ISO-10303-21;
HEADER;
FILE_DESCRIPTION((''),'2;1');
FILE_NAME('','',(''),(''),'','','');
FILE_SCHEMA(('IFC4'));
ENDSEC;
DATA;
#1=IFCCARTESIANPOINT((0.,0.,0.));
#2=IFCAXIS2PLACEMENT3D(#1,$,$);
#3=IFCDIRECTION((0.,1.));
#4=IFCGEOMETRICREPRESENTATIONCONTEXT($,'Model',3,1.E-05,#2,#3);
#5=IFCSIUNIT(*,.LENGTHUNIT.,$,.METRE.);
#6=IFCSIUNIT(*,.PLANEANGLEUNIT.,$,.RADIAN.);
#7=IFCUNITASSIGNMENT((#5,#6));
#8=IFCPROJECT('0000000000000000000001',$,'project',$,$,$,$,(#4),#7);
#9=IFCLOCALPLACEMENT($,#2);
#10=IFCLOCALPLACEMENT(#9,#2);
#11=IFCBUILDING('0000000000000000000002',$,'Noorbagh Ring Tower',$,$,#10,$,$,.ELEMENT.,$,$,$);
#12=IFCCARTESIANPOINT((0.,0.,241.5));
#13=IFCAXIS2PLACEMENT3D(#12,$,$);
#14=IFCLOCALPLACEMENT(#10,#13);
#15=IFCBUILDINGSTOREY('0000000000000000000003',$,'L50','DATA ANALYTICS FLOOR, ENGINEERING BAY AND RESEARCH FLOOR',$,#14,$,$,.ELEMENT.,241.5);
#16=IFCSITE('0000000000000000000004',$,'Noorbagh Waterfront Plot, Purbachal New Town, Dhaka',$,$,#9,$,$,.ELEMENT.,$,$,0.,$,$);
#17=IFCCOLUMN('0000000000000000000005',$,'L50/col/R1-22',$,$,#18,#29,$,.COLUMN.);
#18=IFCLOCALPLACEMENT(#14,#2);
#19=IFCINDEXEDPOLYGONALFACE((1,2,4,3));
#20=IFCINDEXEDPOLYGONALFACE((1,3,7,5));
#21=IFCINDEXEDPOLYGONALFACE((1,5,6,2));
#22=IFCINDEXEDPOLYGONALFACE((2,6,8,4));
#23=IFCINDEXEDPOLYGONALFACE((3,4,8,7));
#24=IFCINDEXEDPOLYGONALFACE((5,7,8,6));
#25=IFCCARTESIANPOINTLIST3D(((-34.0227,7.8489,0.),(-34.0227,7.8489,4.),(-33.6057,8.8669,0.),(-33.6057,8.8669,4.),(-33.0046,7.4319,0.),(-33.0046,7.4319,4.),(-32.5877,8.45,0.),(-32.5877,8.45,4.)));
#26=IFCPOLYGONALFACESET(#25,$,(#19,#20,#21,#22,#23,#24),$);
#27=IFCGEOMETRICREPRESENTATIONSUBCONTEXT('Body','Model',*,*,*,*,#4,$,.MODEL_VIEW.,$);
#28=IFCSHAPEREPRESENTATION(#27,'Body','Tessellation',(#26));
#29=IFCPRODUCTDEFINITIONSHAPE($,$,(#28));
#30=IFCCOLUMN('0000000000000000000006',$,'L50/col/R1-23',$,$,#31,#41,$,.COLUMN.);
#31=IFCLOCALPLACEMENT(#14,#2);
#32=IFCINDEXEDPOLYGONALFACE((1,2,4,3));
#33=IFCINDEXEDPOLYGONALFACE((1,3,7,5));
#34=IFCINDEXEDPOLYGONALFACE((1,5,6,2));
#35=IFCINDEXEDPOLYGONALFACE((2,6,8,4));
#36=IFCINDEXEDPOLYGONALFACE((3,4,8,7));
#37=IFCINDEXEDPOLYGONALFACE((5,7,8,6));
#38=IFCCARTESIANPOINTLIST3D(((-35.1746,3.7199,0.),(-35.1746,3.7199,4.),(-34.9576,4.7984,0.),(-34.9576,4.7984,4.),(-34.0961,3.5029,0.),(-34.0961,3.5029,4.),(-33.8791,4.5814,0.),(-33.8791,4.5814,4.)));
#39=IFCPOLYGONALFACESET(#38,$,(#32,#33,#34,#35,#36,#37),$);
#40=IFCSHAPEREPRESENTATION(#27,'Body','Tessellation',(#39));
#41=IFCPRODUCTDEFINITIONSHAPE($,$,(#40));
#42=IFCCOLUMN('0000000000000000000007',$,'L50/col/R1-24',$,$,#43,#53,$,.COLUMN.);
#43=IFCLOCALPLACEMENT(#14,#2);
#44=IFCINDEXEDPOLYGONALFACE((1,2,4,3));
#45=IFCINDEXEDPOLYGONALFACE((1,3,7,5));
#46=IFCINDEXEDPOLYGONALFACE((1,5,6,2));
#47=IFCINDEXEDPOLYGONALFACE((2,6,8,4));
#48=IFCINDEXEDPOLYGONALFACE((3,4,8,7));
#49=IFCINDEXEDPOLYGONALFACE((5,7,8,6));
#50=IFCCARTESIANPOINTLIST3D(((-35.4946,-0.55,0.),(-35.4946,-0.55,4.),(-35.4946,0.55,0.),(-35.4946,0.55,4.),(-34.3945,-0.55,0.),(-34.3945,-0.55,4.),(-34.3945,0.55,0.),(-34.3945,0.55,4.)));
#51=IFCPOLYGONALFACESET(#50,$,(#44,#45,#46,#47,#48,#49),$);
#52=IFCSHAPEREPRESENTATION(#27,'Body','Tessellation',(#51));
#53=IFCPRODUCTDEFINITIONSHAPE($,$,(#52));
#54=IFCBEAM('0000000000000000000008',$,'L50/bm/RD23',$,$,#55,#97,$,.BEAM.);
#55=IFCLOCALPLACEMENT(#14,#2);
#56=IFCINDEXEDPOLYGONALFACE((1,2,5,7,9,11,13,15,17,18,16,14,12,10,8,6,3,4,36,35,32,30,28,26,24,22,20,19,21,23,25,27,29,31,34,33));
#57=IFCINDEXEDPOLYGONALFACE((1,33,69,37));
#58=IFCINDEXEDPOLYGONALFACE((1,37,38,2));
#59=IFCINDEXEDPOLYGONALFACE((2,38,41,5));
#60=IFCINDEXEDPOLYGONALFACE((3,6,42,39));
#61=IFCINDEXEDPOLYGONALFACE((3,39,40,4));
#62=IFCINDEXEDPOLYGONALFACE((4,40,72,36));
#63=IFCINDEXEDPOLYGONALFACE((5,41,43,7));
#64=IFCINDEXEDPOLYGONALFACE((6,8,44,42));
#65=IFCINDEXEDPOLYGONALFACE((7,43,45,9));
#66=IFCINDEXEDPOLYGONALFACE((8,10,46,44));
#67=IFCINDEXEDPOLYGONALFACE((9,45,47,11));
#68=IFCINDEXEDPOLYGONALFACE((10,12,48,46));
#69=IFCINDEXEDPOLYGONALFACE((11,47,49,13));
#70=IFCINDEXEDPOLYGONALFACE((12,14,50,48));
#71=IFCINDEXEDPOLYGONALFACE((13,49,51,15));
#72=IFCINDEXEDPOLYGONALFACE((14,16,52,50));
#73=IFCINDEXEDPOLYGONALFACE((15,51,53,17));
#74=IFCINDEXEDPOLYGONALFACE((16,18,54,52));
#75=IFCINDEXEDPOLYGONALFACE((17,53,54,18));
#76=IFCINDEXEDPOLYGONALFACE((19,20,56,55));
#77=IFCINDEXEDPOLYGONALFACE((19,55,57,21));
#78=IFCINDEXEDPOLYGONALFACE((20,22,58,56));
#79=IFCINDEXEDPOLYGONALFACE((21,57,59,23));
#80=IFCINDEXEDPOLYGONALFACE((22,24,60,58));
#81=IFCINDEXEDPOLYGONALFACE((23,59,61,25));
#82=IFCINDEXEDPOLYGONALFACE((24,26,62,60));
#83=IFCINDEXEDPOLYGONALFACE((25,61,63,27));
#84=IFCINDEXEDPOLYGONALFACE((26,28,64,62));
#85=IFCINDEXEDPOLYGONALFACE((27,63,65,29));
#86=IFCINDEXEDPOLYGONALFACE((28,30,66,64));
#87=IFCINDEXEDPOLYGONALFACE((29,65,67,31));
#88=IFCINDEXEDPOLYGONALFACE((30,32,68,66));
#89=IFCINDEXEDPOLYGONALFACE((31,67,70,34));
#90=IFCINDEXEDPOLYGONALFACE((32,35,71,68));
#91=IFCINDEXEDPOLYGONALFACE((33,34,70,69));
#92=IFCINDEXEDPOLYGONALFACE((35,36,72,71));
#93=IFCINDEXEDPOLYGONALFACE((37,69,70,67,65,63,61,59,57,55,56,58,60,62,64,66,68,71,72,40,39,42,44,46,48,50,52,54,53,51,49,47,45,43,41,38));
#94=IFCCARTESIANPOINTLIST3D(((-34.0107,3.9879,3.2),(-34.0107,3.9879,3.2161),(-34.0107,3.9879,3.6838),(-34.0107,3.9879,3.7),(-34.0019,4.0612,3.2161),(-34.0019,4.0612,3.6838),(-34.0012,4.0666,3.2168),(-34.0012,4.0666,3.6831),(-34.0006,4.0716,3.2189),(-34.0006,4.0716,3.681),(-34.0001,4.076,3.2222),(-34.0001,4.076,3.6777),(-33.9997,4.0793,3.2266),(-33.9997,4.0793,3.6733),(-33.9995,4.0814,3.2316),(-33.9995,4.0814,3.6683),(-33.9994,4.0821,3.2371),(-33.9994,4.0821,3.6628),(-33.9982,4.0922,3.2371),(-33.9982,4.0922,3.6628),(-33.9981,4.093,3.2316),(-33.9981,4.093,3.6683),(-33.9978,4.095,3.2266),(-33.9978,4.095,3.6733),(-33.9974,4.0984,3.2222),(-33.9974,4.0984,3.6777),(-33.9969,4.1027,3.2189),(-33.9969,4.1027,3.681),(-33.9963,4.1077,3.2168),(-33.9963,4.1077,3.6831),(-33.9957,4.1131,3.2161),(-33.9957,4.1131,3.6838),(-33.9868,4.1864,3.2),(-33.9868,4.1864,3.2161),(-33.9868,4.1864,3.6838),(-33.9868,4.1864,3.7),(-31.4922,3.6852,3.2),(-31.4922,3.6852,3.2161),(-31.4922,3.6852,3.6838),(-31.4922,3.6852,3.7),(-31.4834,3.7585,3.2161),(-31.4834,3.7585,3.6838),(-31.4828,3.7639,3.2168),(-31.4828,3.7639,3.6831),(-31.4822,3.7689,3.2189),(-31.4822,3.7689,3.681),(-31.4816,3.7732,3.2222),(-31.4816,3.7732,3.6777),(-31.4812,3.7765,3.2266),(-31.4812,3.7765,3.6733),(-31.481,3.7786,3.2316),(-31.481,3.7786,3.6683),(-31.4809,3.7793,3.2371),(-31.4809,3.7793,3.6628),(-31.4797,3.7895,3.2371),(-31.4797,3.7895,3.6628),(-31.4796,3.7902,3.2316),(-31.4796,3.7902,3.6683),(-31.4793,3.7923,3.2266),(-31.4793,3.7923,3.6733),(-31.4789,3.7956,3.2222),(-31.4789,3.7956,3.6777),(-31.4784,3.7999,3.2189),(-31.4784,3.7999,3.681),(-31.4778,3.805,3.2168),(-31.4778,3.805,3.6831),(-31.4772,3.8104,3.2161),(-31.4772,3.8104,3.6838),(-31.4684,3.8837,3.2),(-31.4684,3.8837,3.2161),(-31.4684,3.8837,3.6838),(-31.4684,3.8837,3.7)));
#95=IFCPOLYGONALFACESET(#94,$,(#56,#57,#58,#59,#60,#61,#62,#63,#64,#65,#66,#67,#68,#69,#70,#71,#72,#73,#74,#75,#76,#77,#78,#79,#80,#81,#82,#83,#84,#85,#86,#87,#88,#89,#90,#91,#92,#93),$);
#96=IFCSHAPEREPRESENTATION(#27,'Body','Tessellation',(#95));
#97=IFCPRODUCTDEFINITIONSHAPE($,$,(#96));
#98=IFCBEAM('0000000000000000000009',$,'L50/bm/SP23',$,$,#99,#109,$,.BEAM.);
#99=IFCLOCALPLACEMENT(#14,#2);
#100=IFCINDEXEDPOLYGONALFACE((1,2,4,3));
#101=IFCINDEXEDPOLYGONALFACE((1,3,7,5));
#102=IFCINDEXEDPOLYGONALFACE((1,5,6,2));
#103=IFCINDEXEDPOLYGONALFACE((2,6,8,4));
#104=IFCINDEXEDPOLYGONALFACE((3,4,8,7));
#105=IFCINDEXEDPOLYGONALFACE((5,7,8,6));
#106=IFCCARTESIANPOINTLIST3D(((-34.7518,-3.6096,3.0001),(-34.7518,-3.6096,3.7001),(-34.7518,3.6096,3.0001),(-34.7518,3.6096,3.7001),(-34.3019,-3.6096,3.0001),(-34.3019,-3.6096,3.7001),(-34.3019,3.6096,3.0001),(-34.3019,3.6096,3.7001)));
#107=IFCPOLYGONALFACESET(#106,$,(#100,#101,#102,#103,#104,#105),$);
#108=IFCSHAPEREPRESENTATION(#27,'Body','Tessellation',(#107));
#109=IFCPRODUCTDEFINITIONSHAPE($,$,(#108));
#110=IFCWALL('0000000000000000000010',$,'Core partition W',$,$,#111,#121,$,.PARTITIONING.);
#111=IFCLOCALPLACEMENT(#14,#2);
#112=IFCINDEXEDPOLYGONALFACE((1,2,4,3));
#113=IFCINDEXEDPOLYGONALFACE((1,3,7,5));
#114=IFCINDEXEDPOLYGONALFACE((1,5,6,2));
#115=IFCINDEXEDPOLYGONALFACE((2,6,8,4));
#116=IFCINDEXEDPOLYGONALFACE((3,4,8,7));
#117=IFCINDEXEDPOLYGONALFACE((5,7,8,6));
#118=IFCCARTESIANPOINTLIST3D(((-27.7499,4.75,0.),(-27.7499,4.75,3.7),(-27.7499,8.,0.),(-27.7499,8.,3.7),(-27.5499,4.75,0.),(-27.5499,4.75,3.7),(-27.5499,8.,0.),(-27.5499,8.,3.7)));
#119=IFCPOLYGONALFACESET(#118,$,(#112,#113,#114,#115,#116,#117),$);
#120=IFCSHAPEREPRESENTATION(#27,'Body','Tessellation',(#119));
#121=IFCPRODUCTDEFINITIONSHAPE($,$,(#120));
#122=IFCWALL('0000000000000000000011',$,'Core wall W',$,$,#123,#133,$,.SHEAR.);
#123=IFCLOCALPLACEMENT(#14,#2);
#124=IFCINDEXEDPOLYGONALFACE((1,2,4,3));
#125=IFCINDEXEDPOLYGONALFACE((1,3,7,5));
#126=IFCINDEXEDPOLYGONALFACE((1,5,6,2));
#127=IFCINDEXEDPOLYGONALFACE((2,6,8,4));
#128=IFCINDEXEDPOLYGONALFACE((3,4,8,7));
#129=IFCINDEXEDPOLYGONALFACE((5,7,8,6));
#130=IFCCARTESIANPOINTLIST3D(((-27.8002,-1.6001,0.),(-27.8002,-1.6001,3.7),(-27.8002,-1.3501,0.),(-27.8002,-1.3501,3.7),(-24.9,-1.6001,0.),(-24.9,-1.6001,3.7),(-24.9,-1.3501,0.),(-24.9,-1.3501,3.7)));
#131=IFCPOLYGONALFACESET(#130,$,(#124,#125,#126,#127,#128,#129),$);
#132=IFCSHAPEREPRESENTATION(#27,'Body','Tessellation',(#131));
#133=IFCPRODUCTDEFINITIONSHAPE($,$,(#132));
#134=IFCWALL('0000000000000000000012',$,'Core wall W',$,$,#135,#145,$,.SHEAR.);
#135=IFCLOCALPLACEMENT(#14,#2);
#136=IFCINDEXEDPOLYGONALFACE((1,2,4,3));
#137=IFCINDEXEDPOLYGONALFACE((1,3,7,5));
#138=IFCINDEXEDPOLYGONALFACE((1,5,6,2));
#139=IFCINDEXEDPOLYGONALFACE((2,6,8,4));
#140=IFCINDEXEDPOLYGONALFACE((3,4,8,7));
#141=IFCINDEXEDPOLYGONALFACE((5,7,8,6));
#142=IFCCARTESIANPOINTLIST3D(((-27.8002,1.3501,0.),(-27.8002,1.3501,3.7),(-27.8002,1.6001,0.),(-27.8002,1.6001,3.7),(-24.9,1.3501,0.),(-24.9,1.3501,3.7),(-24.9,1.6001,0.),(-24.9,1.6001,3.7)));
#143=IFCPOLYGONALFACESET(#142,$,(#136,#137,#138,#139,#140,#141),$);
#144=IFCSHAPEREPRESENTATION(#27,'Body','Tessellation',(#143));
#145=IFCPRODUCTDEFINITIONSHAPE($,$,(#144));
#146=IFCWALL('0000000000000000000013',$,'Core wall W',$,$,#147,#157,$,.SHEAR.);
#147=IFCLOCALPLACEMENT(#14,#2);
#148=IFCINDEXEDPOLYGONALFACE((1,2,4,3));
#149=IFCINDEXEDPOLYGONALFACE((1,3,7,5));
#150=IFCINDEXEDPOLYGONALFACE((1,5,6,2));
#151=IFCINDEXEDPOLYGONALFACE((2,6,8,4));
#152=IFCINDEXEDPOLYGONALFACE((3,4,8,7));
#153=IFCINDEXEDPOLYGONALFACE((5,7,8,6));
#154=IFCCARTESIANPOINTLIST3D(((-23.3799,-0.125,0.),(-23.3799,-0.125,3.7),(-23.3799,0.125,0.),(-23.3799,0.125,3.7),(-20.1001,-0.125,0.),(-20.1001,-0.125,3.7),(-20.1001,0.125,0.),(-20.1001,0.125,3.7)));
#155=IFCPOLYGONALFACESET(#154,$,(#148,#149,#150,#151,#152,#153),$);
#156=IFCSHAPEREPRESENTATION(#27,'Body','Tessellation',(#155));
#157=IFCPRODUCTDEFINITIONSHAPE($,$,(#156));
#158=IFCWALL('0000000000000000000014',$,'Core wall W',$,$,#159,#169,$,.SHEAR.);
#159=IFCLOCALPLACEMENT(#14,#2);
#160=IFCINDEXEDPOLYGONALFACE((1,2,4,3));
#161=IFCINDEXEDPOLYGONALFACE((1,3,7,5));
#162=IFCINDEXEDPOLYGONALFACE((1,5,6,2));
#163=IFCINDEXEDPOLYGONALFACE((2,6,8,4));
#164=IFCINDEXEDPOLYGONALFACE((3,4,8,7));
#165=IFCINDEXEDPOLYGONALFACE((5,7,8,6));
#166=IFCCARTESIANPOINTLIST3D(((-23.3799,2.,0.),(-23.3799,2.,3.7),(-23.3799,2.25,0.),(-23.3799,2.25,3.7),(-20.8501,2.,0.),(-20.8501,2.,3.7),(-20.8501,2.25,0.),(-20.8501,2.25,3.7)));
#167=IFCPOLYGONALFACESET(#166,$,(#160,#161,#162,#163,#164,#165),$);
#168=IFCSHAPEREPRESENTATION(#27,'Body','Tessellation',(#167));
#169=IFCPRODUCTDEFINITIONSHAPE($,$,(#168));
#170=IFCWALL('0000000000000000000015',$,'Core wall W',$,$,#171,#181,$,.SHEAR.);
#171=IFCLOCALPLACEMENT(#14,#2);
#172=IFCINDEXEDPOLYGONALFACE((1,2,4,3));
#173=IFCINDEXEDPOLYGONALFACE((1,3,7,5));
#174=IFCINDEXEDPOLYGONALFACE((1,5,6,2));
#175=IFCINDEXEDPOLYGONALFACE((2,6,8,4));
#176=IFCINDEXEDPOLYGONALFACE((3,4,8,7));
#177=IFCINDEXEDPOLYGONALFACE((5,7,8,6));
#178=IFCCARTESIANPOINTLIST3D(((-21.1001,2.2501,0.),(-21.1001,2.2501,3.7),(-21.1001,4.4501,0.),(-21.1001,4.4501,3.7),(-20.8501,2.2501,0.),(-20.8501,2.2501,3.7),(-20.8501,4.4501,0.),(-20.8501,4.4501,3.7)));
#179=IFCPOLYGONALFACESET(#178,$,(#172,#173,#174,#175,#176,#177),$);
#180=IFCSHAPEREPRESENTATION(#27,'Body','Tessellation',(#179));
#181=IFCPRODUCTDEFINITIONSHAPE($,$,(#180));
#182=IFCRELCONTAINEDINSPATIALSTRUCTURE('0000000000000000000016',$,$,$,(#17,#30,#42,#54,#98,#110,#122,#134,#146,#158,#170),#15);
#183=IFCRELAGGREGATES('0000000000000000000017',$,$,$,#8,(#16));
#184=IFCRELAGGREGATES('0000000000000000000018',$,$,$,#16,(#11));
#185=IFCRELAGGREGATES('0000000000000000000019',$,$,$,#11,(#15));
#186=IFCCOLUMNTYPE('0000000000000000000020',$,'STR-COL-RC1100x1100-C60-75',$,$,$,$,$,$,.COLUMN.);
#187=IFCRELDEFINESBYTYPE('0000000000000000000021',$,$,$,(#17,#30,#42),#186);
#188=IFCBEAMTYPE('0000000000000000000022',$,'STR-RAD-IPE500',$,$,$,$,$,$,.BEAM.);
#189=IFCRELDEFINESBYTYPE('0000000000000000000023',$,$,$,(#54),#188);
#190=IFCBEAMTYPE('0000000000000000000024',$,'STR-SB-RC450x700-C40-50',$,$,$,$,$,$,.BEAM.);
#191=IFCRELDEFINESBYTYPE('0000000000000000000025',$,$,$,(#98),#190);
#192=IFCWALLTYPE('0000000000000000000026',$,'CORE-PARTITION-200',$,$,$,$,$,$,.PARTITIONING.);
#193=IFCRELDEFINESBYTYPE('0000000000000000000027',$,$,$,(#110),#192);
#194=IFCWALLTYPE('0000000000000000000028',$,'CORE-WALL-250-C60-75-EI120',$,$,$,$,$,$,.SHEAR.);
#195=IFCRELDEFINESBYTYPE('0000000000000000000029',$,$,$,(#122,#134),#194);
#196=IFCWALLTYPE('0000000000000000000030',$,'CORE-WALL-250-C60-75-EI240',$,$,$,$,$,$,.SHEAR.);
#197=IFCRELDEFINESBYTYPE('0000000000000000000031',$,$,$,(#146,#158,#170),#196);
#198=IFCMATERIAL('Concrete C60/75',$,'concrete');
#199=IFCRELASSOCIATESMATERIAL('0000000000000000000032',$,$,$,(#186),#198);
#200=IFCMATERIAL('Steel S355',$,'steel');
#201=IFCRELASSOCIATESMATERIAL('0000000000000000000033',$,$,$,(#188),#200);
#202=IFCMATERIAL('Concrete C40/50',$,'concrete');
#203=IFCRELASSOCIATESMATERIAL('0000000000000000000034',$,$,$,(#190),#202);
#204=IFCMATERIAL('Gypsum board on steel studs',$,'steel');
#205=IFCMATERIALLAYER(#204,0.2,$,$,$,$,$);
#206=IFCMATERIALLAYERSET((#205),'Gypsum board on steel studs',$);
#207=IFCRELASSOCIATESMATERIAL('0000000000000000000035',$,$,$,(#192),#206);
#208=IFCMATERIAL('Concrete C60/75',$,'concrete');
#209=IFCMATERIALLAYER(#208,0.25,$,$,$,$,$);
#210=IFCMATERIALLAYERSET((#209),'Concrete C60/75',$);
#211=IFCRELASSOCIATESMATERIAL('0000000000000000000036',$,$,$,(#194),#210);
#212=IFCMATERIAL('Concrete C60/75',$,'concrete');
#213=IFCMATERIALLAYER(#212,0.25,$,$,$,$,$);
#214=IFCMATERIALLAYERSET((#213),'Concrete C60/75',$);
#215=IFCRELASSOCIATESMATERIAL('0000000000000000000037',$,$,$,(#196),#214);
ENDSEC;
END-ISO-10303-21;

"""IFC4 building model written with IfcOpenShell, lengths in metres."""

from ifc_helpers import new_model, si_unit, direction, frame, frame_2d, origin, origin_2d, place, context, subcontext, project, spatial, rectangle, i_section, extrude, material, layer, layer_set, material_profile, profile_set, type_object, element, save


model = new_model("IFC4")

# Units and contexts
model_context = context("Model", 3, precision=1e-05, world=origin(), true_north=direction((0.0, 1.0)))
body_context = subcontext(model_context, "Body", "Model", "MODEL_VIEW")
ifc_project = project(units=[si_unit("LENGTHUNIT", "METRE"), si_unit("PLANEANGLEUNIT", "RADIAN")], contexts=[model_context])

# Site, building, storey
site_placement = place(None, origin())
site = spatial("IfcSite", under=ifc_project, at=site_placement, Name="Noorbagh Waterfront Plot, Purbachal New Town, Dhaka", CompositionType="ELEMENT", RefElevation=0.0)
building_placement = place(site_placement, origin())
building = spatial("IfcBuilding", under=site, at=building_placement, Name="Noorbagh Ring Tower", CompositionType="ELEMENT")
storey_placement = place(building_placement, frame((0.0, 0.0, 241.5)))
storey = spatial("IfcBuildingStorey", under=building, at=storey_placement, Name="L50", Description="DATA ANALYTICS FLOOR, ENGINEERING BAY AND RESEARCH FLOOR", CompositionType="ELEMENT", Elevation=241.5)

# Columns
ifc_material_1 = material(Name="Concrete C60/75", Category="concrete")
ifc_material_profile_1 = material_profile(ifc_material_1, rectangle(XDim=1.1001, YDim=1.1001, at=origin_2d()), Name="RC1100x1100")
ifc_profile_set_1 = profile_set([ifc_material_profile_1], Name="Concrete C60/75")
column_type = type_object("IfcColumnType", Name="STR-COL-RC1100x1100-C60-75", PredefinedType="COLUMN", material=ifc_profile_set_1)
for number, where, z_axis, x_axis, name in (
    (1, (-33.3052, 8.1494, 0.0), (0.0, 0.0, 1.0), (-0.378989, -0.925401, 0.0), "L50/col/R1-22"),
    (2, (-34.5269, 4.1506, 0.0), (0.0, 0.0, 1.0), (-0.19723, -0.980357, 0.0), "L50/col/R1-23"),
    (3, (-34.9446, 0.0, 0.0), (0.0, 0.0, 1.0), (0.0, -1.0, 0.0), "L50/col/R1-24"),
):
    element("IfcColumn", number, at=place(storey_placement, frame(where, z_axis=z_axis, x_axis=x_axis)), inside=storey, type_object=column_type, Name=name, PredefinedType="COLUMN", context=body_context, shape_type="SweptSolid", body=[
        extrude(rectangle(XDim=1.1001, YDim=1.1001, at=origin_2d()), origin(), (0.0, 0.0, 1.0), 4.0),
    ])

# Beams
ifc_material_2 = material(Name="Steel S355", Category="steel")
ifc_material_profile_2 = material_profile(ifc_material_2, i_section(OverallWidth=0.2, OverallDepth=0.5, WebThickness=0.0103, FlangeThickness=0.0161, FilletRadius=0.021, at=origin_2d()), Name="IPE500")
ifc_profile_set_2 = profile_set([ifc_material_profile_2], Name="Steel S355")
beam_type_1 = type_object("IfcBeamType", Name="STR-RAD-IPE500", PredefinedType="BEAM", material=ifc_profile_set_2)
beam_1_placement = place(storey_placement, frame((-33.9988, 4.0872, 3.45), z_axis=(0.992853, -0.119343, 0.0), x_axis=(0.119343, 0.992853, 0.0)))
element("IfcBeam", 4, at=beam_1_placement, inside=storey, type_object=beam_type_1, Name="L50/bm/RD23", PredefinedType="BEAM", context=body_context, shape_type="SweptSolid", body=[
    extrude(i_section(OverallWidth=0.2, OverallDepth=0.5, WebThickness=0.0103, FlangeThickness=0.0161, FilletRadius=0.021, at=origin_2d()), origin(), (0.0, 0.0, 1.0), 2.5366),
])
ifc_material_3 = material(Name="Concrete C40/50", Category="concrete")
ifc_material_profile_3 = material_profile(ifc_material_3, rectangle(XDim=0.45, YDim=0.7, at=origin_2d()), Name="RC450x700")
ifc_profile_set_3 = profile_set([ifc_material_profile_3], Name="Concrete C40/50")
beam_type_2 = type_object("IfcBeamType", Name="STR-SB-RC450x700-C40-50", PredefinedType="BEAM", material=ifc_profile_set_3)
beam_2_placement = place(storey_placement, frame((-34.5269, 3.6096, 3.3501), z_axis=(0.0, -1.0, 0.0), x_axis=(1.0, 0.0, 0.0)))
element("IfcBeam", 5, at=beam_2_placement, inside=storey, type_object=beam_type_2, Name="L50/bm/SP23", PredefinedType="BEAM", context=body_context, shape_type="SweptSolid", body=[
    extrude(rectangle(XDim=0.45, YDim=0.7, at=origin_2d()), origin(), (0.0, 0.0, 1.0), 7.2192),
])

# Walls
ifc_material_4 = material(Name="Gypsum board on steel studs", Category="steel")
ifc_layer_1 = layer(ifc_material_4, 0.2)
ifc_layer_set_1 = layer_set([ifc_layer_1], Name="Gypsum board on steel studs")
wall_type_1 = type_object("IfcWallType", Name="CORE-PARTITION-200", PredefinedType="PARTITIONING", material=ifc_layer_set_1)
wall_1_placement = place(storey_placement, frame((-27.6499, 4.75, 0.0), z_axis=(0.0, 0.0, 1.0), x_axis=(0.0, 1.0, 0.0)))
element("IfcWall", 6, at=wall_1_placement, inside=storey, type_object=wall_type_1, Name="Core partition W", PredefinedType="PARTITIONING", context=body_context, shape_type="SweptSolid", body=[
    extrude(rectangle(XDim=3.25, YDim=0.2, at=frame_2d((1.625, 0.0))), origin(), (0.0, 0.0, 1.0), 3.7),
])
ifc_material_5 = material(Name="Concrete C60/75", Category="concrete")
ifc_layer_2 = layer(ifc_material_5, 0.25)
ifc_layer_set_2 = layer_set([ifc_layer_2], Name="Concrete C60/75")
wall_type_2 = type_object("IfcWallType", Name="CORE-WALL-250-C60-75-EI120", PredefinedType="SHEAR", material=ifc_layer_set_2)
for number, where, z_axis, x_axis, name in (
    (7, (-24.8999, -1.4751, 0.0), (0.0, 0.0, 1.0), (-1.0, 0.0, 0.0), "Core wall W"),
    (8, (-24.8999, 1.4751, 0.0), (0.0, 0.0, 1.0), (-1.0, 0.0, 0.0), "Core wall W"),
):
    element("IfcWall", number, at=place(storey_placement, frame(where, z_axis=z_axis, x_axis=x_axis)), inside=storey, type_object=wall_type_2, Name=name, PredefinedType="SHEAR", context=body_context, shape_type="SweptSolid", body=[
        extrude(rectangle(XDim=2.9001, YDim=0.25, at=frame_2d((1.4502, 0.0))), origin(), (0.0, 0.0, 1.0), 3.7),
    ])
ifc_material_6 = material(Name="Concrete C60/75", Category="concrete")
ifc_layer_3 = layer(ifc_material_6, 0.25)
ifc_layer_set_3 = layer_set([ifc_layer_3], Name="Concrete C60/75")
wall_type_3 = type_object("IfcWallType", Name="CORE-WALL-250-C60-75-EI240", PredefinedType="SHEAR", material=ifc_layer_set_3)
wall_2_placement = place(storey_placement, frame((-20.1001, 0.0, 0.0), z_axis=(0.0, 0.0, 1.0), x_axis=(-1.0, 0.0, 0.0)))
element("IfcWall", 9, at=wall_2_placement, inside=storey, type_object=wall_type_3, Name="Core wall W", PredefinedType="SHEAR", context=body_context, shape_type="SweptSolid", body=[
    extrude(rectangle(XDim=3.2798, YDim=0.25, at=frame_2d((1.6399, 0.0))), origin(), (0.0, 0.0, 1.0), 3.7),
])
wall_3_placement = place(storey_placement, frame((-20.8501, 2.125, 0.0), z_axis=(0.0, 0.0, 1.0), x_axis=(-1.0, 0.0, 0.0)))
element("IfcWall", 10, at=wall_3_placement, inside=storey, type_object=wall_type_3, Name="Core wall W", PredefinedType="SHEAR", context=body_context, shape_type="SweptSolid", body=[
    extrude(rectangle(XDim=2.5298, YDim=0.25, at=frame_2d((1.2649, 0.0))), origin(), (0.0, 0.0, 1.0), 3.7),
])
wall_4_placement = place(storey_placement, frame((-20.9751, 2.25, 0.0), z_axis=(0.0, 0.0, 1.0), x_axis=(0.0, 1.0, 0.0)))
element("IfcWall", 11, at=wall_4_placement, inside=storey, type_object=wall_type_3, Name="Core wall W", PredefinedType="SHEAR", context=body_context, shape_type="SweptSolid", body=[
    extrude(rectangle(XDim=2.2, YDim=0.25, at=frame_2d((1.1001, 0.0))), origin(), (0.0, 0.0, 1.0), 3.7),
])

save(model, "model.ifc")
